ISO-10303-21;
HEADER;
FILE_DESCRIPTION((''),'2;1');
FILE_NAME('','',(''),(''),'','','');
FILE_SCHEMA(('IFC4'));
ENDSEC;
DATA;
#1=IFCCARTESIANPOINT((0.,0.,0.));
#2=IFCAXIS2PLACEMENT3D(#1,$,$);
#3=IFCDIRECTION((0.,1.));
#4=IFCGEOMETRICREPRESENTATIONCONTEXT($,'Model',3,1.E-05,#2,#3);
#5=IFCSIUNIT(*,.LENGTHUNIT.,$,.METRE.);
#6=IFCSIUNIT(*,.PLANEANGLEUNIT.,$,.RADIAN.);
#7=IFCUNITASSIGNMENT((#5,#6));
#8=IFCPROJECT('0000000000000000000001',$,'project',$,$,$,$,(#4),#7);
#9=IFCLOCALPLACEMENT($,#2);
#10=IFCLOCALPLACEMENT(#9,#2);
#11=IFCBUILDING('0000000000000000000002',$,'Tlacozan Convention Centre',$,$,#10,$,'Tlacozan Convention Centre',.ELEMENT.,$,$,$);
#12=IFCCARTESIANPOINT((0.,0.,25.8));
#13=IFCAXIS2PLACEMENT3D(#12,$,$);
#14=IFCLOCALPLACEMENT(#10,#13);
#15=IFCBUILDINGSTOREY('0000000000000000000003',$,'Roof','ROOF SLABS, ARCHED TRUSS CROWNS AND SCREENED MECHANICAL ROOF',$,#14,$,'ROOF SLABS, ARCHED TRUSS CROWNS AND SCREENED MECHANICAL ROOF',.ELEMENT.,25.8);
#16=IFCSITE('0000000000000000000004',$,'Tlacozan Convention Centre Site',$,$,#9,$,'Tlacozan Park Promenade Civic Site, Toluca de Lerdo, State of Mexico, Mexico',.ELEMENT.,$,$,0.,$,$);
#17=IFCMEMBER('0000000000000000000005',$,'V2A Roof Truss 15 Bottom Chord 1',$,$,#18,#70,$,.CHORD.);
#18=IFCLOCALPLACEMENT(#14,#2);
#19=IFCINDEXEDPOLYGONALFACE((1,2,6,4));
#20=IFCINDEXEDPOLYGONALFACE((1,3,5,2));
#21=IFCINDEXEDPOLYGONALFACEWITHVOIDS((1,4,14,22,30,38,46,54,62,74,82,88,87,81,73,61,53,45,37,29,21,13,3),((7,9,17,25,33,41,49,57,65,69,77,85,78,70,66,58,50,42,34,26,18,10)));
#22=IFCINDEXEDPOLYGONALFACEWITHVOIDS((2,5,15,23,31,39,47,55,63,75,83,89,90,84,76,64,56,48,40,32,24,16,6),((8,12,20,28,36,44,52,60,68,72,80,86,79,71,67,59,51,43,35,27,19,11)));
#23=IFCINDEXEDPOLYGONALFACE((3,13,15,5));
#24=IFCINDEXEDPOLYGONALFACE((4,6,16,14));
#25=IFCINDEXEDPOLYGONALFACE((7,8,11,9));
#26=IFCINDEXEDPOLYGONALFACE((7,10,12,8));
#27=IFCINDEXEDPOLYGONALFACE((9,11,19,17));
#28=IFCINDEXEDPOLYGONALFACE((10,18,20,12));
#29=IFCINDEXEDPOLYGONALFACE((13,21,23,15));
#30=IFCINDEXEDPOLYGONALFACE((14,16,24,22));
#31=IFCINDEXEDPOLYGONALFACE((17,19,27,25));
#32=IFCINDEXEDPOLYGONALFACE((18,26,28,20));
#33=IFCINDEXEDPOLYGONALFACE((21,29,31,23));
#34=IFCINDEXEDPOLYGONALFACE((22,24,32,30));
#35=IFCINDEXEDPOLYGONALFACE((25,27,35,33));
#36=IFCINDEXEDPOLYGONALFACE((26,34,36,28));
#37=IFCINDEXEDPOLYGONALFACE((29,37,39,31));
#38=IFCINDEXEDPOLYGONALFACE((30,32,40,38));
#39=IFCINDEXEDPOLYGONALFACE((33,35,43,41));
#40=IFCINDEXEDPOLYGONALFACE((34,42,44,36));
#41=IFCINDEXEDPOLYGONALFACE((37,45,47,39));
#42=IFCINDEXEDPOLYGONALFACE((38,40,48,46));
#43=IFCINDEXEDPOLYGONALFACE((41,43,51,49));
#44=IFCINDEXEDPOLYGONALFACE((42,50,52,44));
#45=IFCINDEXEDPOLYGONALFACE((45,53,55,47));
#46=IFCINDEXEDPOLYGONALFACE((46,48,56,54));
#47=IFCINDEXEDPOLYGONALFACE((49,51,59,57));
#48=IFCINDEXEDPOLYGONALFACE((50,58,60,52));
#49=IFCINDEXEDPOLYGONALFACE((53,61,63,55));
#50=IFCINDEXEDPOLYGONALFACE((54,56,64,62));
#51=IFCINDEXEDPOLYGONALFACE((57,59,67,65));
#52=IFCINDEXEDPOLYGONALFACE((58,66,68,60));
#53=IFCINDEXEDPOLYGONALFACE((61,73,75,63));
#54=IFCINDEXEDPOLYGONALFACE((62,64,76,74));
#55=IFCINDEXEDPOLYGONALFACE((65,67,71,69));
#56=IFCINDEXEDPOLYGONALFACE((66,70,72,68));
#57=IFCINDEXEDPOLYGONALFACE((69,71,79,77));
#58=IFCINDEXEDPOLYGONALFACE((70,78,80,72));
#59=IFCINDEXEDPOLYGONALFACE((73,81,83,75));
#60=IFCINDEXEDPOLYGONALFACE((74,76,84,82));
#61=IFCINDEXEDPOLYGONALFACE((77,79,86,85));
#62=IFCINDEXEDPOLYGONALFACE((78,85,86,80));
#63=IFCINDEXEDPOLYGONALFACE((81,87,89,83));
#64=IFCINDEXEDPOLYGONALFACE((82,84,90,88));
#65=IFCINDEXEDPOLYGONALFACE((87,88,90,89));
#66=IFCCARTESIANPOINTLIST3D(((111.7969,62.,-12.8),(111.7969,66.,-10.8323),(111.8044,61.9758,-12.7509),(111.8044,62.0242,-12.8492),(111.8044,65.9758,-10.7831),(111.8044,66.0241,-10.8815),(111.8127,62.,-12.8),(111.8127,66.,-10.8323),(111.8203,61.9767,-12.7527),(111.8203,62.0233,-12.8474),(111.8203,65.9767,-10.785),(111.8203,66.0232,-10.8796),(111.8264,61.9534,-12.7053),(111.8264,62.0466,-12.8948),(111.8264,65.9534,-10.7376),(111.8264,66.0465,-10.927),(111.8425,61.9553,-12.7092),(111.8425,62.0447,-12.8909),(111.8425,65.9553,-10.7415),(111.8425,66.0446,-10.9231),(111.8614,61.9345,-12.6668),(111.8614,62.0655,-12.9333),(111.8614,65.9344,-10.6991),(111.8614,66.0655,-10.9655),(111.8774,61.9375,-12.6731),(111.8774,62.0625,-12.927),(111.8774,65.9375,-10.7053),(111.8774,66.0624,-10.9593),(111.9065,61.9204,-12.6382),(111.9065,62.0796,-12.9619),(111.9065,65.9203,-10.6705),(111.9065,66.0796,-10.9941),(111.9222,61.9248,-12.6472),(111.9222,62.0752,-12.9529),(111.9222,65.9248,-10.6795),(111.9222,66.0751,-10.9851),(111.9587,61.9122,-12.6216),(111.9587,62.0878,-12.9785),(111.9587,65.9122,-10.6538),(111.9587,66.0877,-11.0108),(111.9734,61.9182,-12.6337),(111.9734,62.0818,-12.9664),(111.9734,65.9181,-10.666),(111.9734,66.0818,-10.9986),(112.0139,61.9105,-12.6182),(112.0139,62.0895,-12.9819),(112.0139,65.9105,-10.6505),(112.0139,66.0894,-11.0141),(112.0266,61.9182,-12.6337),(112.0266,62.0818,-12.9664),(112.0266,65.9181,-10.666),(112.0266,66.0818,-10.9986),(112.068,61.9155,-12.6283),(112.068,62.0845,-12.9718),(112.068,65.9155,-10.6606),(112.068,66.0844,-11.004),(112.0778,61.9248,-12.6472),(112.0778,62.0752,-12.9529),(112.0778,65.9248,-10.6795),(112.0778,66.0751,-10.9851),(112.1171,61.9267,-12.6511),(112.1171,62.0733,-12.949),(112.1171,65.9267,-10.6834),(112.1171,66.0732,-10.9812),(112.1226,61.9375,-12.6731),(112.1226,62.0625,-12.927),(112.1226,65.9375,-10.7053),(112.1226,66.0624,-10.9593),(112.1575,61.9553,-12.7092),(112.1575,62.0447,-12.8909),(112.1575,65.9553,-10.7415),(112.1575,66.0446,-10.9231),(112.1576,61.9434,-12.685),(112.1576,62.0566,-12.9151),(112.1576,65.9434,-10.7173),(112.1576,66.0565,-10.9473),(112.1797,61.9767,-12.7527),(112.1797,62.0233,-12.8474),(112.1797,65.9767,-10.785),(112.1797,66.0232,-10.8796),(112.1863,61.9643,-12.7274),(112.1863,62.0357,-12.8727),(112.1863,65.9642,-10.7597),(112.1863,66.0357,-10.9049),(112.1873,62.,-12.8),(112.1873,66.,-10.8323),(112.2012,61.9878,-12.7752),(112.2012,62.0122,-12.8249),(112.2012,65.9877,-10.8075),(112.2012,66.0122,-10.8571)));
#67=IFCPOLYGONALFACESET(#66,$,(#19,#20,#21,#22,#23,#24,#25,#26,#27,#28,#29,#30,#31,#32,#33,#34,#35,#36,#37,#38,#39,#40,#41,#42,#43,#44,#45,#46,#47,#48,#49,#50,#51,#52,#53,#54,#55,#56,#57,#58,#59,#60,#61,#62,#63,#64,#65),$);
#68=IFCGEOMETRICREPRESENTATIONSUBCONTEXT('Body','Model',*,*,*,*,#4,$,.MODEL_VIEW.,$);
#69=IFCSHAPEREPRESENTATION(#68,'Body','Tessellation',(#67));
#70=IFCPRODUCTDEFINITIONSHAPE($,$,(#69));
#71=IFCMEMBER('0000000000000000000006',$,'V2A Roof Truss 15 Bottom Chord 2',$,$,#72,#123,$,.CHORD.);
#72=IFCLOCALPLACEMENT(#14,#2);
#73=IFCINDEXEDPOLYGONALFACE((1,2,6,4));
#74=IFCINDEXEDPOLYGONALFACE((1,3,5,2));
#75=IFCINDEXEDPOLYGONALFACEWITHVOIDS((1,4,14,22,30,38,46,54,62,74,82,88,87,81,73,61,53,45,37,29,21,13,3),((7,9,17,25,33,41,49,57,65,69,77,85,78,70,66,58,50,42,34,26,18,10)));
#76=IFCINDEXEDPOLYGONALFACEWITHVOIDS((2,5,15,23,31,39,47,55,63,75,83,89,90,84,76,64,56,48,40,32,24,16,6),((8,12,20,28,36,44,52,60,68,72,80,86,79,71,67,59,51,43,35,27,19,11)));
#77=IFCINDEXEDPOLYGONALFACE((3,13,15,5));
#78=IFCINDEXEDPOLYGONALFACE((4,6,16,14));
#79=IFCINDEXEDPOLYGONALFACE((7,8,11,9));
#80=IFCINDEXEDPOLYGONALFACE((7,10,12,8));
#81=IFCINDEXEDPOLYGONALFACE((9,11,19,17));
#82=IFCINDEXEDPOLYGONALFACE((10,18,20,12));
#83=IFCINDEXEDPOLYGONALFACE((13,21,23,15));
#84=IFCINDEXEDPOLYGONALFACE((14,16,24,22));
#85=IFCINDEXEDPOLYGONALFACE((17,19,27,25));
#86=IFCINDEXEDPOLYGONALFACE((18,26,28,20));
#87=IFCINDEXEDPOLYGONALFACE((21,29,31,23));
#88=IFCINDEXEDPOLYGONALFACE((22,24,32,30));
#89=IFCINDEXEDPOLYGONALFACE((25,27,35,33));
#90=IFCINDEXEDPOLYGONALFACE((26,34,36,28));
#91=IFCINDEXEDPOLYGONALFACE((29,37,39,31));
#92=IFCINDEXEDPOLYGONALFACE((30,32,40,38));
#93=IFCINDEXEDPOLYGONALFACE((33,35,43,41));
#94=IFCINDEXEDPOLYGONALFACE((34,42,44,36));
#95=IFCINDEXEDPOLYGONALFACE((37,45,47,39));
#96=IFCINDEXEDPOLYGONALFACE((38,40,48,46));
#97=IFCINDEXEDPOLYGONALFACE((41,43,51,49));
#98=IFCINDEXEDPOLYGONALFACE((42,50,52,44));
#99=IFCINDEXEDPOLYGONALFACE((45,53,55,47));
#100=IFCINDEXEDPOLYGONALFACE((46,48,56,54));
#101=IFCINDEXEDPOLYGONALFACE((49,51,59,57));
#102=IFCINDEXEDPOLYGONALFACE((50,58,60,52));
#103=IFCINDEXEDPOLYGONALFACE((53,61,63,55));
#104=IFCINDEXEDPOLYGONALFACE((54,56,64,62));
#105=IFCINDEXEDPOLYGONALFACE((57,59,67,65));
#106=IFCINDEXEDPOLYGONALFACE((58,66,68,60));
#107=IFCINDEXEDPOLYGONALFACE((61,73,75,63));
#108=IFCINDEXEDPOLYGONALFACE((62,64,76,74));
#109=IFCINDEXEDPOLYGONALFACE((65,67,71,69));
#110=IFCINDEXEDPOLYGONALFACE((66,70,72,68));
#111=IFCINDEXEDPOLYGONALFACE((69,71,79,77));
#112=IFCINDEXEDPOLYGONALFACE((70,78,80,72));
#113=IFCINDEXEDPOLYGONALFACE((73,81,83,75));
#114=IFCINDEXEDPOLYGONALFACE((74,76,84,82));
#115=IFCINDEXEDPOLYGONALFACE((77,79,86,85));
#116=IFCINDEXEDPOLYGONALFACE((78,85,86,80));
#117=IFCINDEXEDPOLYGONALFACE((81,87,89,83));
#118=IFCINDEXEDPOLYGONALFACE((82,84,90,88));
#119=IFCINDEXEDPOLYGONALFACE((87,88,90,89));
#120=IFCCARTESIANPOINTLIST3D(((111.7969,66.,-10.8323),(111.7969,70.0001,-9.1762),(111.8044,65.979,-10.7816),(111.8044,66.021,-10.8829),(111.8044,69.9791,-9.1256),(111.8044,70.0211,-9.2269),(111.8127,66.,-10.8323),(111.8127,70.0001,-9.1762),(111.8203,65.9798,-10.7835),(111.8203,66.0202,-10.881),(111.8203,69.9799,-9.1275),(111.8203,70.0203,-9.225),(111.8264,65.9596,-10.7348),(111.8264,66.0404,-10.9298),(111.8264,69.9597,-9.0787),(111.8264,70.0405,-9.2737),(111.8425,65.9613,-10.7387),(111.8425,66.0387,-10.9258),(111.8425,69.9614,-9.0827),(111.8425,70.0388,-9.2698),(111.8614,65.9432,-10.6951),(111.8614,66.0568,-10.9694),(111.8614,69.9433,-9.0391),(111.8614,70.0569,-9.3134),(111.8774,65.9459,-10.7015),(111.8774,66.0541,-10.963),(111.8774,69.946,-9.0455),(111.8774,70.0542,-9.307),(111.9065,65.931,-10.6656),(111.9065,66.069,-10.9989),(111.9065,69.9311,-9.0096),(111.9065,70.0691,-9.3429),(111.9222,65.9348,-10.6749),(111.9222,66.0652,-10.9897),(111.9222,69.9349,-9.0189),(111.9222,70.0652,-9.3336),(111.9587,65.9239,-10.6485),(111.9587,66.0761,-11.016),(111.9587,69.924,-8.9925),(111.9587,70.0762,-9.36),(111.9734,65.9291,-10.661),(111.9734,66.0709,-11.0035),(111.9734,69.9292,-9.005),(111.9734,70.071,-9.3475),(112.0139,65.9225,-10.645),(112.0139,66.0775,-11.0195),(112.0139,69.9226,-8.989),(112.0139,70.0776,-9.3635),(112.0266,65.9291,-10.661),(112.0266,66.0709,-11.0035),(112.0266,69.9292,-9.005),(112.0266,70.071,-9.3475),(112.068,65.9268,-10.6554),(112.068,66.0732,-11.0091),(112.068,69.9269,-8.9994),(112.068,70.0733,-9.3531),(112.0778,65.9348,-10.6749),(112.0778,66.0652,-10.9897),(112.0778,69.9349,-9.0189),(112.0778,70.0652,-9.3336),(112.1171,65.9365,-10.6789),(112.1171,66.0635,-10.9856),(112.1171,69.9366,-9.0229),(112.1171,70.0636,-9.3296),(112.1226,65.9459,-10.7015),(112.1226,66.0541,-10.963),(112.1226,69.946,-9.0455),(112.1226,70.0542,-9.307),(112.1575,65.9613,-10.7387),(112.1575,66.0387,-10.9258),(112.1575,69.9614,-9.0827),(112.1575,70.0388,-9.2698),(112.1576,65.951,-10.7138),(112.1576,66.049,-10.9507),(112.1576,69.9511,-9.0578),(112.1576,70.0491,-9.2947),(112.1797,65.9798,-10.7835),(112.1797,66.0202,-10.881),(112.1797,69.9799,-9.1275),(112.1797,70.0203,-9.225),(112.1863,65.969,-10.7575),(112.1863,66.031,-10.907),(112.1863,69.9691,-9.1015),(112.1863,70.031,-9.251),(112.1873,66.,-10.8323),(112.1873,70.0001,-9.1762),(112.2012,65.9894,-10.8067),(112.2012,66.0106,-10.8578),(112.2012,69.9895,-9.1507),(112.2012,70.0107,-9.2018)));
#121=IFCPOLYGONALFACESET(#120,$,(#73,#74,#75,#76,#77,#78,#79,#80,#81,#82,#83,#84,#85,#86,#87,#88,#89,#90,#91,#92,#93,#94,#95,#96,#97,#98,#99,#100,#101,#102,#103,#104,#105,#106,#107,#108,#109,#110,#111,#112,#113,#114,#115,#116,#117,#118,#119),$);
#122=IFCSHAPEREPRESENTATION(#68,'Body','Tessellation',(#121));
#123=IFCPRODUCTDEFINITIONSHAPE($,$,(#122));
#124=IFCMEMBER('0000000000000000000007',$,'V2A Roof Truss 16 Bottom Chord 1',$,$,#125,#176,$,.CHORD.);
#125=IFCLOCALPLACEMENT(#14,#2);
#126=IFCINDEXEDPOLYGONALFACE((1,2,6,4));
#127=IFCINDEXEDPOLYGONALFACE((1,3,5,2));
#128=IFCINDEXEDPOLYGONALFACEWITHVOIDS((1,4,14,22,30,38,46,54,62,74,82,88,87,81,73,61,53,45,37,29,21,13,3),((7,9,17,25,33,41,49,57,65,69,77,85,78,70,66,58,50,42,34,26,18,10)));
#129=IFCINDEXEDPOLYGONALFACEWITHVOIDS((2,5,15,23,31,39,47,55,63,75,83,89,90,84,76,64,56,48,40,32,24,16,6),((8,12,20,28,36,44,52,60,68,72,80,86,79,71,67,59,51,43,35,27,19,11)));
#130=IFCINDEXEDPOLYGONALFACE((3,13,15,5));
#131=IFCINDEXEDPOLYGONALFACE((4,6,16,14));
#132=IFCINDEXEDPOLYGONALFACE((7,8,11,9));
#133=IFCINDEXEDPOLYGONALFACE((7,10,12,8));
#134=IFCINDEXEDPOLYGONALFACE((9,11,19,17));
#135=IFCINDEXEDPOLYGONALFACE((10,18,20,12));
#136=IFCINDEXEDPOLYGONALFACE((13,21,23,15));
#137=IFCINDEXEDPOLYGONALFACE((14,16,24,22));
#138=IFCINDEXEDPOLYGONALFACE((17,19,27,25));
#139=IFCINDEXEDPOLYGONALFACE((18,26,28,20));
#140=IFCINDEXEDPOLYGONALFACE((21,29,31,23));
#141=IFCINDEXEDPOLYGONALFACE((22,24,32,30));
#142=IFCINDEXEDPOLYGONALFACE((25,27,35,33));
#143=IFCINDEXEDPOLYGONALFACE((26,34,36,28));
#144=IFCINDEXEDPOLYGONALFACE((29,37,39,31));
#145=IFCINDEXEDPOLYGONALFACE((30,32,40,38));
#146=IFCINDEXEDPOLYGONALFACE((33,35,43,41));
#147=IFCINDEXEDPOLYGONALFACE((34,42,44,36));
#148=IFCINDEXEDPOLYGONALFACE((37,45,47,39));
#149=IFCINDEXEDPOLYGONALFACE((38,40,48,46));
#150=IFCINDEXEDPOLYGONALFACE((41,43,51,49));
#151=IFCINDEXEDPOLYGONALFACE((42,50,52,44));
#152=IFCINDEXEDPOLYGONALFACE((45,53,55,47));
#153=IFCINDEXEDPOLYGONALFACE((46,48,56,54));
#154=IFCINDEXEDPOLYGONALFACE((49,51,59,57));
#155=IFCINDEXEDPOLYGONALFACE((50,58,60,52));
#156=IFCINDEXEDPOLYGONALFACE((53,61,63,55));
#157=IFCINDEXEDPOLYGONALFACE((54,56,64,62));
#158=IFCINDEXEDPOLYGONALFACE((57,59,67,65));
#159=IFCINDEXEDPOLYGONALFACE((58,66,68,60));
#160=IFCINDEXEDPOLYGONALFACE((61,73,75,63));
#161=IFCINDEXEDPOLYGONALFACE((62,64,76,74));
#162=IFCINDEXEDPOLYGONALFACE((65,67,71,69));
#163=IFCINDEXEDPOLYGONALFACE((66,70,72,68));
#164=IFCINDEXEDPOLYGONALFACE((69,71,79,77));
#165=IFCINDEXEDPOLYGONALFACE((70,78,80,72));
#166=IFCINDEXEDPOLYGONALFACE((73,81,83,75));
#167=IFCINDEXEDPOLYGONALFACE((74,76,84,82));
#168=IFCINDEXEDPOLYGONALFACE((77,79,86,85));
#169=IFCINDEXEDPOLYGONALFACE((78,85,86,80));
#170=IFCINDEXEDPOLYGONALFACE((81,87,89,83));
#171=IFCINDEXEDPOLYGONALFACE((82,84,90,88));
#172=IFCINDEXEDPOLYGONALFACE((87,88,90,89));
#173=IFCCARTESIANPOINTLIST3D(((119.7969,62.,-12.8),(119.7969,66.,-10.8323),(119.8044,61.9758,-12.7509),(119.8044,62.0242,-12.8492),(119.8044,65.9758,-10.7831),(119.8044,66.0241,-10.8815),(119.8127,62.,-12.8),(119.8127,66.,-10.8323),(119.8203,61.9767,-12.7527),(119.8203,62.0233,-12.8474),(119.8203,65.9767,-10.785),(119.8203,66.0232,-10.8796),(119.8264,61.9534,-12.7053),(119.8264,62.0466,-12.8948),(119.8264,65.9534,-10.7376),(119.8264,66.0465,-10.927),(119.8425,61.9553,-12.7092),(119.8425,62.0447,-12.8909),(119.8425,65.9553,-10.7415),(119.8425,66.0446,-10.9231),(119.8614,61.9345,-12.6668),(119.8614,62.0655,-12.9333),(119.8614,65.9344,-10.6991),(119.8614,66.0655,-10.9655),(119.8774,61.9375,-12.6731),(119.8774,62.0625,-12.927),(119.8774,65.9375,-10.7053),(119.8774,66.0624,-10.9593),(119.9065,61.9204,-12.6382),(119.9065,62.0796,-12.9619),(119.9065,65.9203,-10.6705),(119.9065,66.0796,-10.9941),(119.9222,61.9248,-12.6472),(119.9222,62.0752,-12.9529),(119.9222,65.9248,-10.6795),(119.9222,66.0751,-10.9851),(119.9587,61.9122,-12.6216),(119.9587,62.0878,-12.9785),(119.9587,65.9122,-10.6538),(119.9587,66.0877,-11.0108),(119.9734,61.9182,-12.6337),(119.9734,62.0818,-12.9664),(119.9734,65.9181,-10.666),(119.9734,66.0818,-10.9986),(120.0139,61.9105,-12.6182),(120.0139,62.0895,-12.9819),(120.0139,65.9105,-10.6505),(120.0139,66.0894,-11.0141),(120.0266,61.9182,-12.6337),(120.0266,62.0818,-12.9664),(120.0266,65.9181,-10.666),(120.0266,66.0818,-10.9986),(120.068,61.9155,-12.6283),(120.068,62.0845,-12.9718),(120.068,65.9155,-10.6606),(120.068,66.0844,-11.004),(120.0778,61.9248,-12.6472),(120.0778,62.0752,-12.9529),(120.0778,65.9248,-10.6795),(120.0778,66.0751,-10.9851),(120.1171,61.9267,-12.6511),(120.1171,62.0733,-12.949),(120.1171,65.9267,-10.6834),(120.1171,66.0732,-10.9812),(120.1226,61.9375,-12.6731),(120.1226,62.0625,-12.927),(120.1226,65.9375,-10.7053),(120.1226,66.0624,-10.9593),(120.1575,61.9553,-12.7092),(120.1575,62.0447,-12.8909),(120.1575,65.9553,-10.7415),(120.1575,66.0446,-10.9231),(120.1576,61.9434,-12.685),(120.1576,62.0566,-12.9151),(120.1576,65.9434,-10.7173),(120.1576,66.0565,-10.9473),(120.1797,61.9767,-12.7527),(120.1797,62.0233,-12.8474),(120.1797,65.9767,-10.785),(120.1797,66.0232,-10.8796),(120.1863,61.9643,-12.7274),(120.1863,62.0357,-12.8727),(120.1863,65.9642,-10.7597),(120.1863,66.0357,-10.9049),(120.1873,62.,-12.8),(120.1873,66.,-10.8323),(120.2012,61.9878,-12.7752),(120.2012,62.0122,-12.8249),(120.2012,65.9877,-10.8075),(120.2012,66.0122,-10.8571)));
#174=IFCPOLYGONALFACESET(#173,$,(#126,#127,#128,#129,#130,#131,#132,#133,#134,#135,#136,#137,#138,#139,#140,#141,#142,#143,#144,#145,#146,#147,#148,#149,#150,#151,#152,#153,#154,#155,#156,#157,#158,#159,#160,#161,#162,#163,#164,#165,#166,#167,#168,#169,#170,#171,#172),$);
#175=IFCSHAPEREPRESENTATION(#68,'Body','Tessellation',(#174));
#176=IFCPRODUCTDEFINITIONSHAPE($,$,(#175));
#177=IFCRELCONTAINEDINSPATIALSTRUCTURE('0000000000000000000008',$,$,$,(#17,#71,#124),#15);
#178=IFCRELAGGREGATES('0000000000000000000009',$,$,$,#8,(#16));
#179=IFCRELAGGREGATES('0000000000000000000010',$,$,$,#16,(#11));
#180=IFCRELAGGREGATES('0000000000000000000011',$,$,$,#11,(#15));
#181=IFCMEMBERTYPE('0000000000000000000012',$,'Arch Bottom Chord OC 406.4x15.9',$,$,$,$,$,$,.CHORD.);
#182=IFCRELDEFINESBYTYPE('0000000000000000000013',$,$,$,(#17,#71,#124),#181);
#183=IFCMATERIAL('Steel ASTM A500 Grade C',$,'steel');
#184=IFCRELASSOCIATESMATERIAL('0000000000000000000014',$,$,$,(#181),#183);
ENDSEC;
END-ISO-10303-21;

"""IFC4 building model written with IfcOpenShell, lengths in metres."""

from ifc_helpers import new_model, si_unit, direction, frame, origin, origin_2d, place, context, subcontext, project, spatial, hollow_circle, extrude, material, material_profile, profile_set, type_object, element, save


model = new_model("IFC4")

# Units and contexts
model_context = context("Model", 3, precision=1e-05, world=origin(), true_north=direction((0.0, 1.0)))
body_context = subcontext(model_context, "Body", "Model", "MODEL_VIEW")
ifc_project = project(units=[si_unit("LENGTHUNIT", "METRE"), si_unit("PLANEANGLEUNIT", "RADIAN")], contexts=[model_context])

# Site, building, storey
site_placement = place(None, origin())
site = spatial("IfcSite", under=ifc_project, at=site_placement, Name="Tlacozan Convention Centre Site", LongName="Tlacozan Park Promenade Civic Site, Toluca de Lerdo, State of Mexico, Mexico", CompositionType="ELEMENT", RefElevation=0.0)
building_placement = place(site_placement, origin())
building = spatial("IfcBuilding", under=site, at=building_placement, Name="Tlacozan Convention Centre", LongName="Tlacozan Convention Centre", CompositionType="ELEMENT")
storey_placement = place(building_placement, frame((0.0, 0.0, 25.8)))
storey = spatial("IfcBuildingStorey", under=building, at=storey_placement, Name="Roof", Description="ROOF SLABS, ARCHED TRUSS CROWNS AND SCREENED MECHANICAL ROOF", LongName="ROOF SLABS, ARCHED TRUSS CROWNS AND SCREENED MECHANICAL ROOF", CompositionType="ELEMENT", Elevation=25.8)

# Members
ifc_material_1 = material(Name="Steel ASTM A500 Grade C", Category="steel")
ifc_material_profile_1 = material_profile(ifc_material_1, hollow_circle(Radius=0.2031, WallThickness=0.0159, at=origin_2d()), Name="OC 406.4x15.9")
ifc_profile_set_1 = profile_set([ifc_material_profile_1], Name="Steel ASTM A500 Grade C")
member_type_1 = type_object("IfcMemberType", Name="Arch Bottom Chord OC 406.4x15.9", PredefinedType="CHORD", material=ifc_profile_set_1)
member_1_placement = place(storey_placement, frame((112.0, 62.0, -12.8), z_axis=(0.0, 0.8973, 0.441421), x_axis=(-1.0, 0.0, 0.0)))
element("IfcMember", 1, at=member_1_placement, inside=storey, type_object=member_type_1, Name="V2A Roof Truss 15 Bottom Chord 1", PredefinedType="CHORD", context=body_context, shape_type="SweptSolid", body=[
    extrude(hollow_circle(Radius=0.2031, WallThickness=0.0159, at=origin_2d()), origin(), (0.0, 0.0, 1.0), 4.4578),
])
member_2_placement = place(storey_placement, frame((112.0, 66.0, -10.8323), z_axis=(0.0, 0.923949, 0.382516), x_axis=(-1.0, 0.0, 0.0)))
element("IfcMember", 2, at=member_2_placement, inside=storey, type_object=member_type_1, Name="V2A Roof Truss 15 Bottom Chord 2", PredefinedType="CHORD", context=body_context, shape_type="SweptSolid", body=[
    extrude(hollow_circle(Radius=0.2031, WallThickness=0.0159, at=origin_2d()), origin(), (0.0, 0.0, 1.0), 4.3293),
])
member_3_placement = place(storey_placement, frame((120.0, 62.0, -12.8), z_axis=(0.0, 0.8973, 0.441421), x_axis=(-1.0, 0.0, 0.0)))
element("IfcMember", 3, at=member_3_placement, inside=storey, type_object=member_type_1, Name="V2A Roof Truss 16 Bottom Chord 1", PredefinedType="CHORD", context=body_context, shape_type="SweptSolid", body=[
    extrude(hollow_circle(Radius=0.2031, WallThickness=0.0159, at=origin_2d()), origin(), (0.0, 0.0, 1.0), 4.4578),
])

save(model, "model.ifc")
